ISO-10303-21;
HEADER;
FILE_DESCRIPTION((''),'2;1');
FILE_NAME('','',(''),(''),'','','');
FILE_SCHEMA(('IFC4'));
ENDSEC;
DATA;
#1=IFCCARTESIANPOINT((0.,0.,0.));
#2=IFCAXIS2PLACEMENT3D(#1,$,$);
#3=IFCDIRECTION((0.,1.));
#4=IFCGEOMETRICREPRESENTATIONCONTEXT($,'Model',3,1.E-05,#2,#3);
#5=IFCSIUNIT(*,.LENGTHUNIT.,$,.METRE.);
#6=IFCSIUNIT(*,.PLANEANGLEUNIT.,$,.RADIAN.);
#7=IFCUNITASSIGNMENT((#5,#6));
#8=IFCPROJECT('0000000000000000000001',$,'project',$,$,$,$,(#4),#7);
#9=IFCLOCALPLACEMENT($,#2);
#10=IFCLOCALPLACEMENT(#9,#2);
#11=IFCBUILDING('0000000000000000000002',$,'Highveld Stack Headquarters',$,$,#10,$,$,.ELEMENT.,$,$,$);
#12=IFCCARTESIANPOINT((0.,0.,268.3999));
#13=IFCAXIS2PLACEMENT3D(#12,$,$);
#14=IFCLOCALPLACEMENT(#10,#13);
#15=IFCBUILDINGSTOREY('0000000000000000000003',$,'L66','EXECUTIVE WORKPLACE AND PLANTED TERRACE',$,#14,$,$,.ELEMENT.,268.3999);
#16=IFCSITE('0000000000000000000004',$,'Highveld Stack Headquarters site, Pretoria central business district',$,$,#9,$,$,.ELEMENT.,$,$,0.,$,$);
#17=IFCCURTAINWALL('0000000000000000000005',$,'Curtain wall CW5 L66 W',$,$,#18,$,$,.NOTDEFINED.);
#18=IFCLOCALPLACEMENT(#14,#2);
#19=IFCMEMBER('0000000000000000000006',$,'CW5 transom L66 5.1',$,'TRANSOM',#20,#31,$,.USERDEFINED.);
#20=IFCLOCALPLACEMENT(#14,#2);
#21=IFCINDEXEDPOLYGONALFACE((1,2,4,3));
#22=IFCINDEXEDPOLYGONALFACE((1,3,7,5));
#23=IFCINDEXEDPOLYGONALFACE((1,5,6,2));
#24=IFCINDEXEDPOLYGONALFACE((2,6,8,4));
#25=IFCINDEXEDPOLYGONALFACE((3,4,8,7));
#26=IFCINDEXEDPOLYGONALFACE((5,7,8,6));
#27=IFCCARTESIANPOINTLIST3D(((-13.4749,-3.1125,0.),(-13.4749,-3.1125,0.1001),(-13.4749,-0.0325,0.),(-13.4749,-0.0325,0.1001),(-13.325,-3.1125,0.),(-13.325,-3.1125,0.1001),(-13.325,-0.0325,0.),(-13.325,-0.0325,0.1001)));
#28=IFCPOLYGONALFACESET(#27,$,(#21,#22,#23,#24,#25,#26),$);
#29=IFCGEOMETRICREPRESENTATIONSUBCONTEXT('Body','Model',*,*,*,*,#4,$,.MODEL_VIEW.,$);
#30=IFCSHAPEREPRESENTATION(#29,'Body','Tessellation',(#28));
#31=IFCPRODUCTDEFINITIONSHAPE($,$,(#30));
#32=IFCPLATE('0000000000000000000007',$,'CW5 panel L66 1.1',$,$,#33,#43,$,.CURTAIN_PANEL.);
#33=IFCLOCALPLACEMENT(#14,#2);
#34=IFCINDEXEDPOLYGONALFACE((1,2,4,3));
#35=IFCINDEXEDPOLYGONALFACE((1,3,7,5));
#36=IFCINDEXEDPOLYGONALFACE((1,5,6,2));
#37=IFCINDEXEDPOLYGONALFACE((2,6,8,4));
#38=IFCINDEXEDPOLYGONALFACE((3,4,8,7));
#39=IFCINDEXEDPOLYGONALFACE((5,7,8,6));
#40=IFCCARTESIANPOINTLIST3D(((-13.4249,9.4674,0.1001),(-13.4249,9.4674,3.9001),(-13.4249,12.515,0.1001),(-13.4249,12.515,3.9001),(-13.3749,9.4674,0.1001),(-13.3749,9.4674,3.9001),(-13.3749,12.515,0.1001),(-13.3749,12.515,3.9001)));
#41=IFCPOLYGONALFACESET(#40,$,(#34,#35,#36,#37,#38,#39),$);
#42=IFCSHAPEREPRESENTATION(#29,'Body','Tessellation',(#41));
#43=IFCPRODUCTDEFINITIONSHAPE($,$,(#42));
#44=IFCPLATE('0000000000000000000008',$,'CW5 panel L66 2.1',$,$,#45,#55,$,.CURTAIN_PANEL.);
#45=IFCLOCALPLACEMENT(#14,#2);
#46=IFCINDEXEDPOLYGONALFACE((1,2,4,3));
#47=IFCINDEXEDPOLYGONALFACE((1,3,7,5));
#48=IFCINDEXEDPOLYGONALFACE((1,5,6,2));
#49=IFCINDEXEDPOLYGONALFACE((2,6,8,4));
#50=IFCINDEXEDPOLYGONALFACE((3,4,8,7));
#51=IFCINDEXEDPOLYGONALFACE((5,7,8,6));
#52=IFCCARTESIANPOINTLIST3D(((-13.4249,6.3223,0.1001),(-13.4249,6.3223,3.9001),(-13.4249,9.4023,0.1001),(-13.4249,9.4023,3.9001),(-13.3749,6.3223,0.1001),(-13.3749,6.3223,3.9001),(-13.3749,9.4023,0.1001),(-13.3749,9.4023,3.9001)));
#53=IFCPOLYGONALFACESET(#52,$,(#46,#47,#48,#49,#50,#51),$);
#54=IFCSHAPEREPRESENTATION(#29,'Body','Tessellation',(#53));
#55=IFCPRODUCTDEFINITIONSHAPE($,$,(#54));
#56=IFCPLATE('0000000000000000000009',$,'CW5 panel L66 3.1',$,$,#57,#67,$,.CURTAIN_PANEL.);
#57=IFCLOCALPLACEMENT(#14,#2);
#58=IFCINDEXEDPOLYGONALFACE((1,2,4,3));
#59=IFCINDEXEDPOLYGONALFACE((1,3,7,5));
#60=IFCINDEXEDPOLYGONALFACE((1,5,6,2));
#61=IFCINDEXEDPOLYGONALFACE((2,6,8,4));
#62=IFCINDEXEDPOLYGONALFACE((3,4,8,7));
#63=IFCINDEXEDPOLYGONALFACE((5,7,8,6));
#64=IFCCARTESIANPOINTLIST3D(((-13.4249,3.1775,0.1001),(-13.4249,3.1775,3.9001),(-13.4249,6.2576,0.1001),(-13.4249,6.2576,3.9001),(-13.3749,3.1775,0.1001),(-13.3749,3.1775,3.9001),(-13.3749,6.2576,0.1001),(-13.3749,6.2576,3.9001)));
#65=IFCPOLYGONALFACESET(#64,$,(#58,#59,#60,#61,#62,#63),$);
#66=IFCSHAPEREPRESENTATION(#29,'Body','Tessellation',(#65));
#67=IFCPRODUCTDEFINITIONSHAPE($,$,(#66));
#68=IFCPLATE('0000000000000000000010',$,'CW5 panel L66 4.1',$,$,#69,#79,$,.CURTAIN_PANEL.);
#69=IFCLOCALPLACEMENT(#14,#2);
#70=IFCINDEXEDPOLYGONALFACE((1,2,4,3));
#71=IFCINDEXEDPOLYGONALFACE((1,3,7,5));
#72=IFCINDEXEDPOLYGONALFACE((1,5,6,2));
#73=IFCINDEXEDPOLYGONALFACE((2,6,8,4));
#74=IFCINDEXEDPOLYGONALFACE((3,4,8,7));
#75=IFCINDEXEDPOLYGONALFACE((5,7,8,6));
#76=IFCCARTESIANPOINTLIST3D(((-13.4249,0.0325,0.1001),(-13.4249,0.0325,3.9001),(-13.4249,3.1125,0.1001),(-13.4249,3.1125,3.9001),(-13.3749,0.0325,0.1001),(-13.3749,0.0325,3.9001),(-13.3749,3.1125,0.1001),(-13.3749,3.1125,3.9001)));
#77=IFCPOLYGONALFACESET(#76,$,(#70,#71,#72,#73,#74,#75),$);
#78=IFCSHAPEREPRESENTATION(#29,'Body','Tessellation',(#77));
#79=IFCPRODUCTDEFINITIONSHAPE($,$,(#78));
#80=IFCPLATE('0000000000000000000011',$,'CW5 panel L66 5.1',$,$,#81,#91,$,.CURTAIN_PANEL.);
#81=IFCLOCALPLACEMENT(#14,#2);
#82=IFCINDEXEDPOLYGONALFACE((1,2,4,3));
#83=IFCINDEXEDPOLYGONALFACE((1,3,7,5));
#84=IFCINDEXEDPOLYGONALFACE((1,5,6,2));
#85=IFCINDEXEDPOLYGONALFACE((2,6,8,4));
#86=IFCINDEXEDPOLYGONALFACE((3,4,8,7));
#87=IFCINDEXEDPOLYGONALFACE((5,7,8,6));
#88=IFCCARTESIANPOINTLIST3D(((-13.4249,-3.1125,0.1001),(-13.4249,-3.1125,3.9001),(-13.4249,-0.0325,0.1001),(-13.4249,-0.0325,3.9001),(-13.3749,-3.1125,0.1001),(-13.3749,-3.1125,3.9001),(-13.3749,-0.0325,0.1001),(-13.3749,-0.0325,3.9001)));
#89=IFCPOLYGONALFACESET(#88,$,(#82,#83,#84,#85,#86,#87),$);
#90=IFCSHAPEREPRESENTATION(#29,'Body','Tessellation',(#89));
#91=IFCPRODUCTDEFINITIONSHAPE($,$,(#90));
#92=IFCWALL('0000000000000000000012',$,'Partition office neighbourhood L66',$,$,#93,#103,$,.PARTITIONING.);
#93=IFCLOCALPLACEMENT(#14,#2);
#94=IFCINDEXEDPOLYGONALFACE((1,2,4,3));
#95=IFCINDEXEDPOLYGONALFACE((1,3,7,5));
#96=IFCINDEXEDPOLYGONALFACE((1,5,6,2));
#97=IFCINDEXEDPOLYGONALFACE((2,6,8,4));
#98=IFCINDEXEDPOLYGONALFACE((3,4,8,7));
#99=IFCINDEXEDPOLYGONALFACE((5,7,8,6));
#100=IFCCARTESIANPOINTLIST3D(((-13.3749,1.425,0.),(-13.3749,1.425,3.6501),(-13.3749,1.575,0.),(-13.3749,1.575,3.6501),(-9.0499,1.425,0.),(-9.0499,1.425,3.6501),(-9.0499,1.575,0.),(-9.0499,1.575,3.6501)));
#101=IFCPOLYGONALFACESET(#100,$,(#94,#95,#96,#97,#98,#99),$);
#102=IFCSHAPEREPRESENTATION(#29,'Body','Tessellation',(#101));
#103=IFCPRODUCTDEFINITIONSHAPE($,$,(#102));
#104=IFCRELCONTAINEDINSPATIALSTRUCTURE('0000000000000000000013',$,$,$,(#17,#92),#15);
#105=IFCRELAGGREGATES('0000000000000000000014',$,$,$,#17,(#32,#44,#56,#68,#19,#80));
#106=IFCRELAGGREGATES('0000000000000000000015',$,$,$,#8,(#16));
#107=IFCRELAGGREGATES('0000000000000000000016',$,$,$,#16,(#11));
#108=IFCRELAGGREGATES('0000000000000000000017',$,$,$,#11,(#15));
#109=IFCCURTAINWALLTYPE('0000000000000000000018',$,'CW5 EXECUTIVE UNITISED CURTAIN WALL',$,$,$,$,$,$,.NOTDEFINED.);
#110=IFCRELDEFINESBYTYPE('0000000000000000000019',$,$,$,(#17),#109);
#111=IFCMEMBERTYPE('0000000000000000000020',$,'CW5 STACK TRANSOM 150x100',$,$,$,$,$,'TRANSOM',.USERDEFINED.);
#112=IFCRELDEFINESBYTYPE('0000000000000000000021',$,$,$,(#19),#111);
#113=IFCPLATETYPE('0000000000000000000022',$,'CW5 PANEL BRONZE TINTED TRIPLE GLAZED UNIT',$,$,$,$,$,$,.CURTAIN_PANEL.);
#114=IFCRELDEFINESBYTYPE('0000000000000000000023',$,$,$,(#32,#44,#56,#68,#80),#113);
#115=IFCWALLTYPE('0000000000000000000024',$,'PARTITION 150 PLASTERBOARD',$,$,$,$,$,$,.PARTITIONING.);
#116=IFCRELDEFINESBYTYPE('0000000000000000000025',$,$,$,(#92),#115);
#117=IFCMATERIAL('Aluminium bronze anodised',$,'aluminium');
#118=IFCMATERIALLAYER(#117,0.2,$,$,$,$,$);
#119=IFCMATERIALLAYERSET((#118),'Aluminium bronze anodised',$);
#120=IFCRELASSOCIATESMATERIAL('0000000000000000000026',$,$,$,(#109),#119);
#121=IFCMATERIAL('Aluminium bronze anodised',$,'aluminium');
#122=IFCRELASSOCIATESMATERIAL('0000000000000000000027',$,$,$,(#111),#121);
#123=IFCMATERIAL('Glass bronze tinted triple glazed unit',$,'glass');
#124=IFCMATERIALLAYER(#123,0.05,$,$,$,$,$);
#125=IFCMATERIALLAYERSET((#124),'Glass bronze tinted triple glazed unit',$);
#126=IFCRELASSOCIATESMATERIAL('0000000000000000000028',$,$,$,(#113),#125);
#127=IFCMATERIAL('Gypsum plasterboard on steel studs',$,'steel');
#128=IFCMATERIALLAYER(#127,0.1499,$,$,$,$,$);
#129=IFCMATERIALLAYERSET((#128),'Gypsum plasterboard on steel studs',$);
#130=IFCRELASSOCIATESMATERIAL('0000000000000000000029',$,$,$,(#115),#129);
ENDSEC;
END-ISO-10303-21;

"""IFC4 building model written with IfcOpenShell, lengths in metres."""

from ifc_helpers import new_model, si_unit, direction, frame, frame_2d, origin, origin_2d, place, context, subcontext, project, spatial, rectangle, extrude, material, layer, layer_set, material_profile, profile_set, type_object, element, aggregate, save


model = new_model("IFC4")

# Units and contexts
model_context = context("Model", 3, precision=1e-05, world=origin(), true_north=direction((0.0, 1.0)))
body_context = subcontext(model_context, "Body", "Model", "MODEL_VIEW")
ifc_project = project(units=[si_unit("LENGTHUNIT", "METRE"), si_unit("PLANEANGLEUNIT", "RADIAN")], contexts=[model_context])

# Site, building, storey
site_placement = place(None, origin())
site = spatial("IfcSite", under=ifc_project, at=site_placement, Name="Highveld Stack Headquarters site, Pretoria central business district", CompositionType="ELEMENT", RefElevation=0.0)
building_placement = place(site_placement, origin())
building = spatial("IfcBuilding", under=site, at=building_placement, Name="Highveld Stack Headquarters", CompositionType="ELEMENT")
storey_placement = place(building_placement, frame((0.0, 0.0, 268.3999)))
storey = spatial("IfcBuildingStorey", under=building, at=storey_placement, Name="L66", Description="EXECUTIVE WORKPLACE AND PLANTED TERRACE", CompositionType="ELEMENT", Elevation=268.3999)

# Curtain wall, member, plates
ifc_material_1 = material(Name="Aluminium bronze anodised", Category="aluminium")
ifc_layer_1 = layer(ifc_material_1, 0.2)
ifc_layer_set_1 = layer_set([ifc_layer_1], Name="Aluminium bronze anodised")
curtain_wall_type = type_object("IfcCurtainWallType", Name="CW5 EXECUTIVE UNITISED CURTAIN WALL", PredefinedType="NOTDEFINED", material=ifc_layer_set_1)
curtain_wall_placement = place(storey_placement, origin())
curtain_wall = element("IfcCurtainWall", 1, at=curtain_wall_placement, inside=storey, type_object=curtain_wall_type, Name="Curtain wall CW5 L66 W", PredefinedType="NOTDEFINED")
ifc_material_2 = material(Name="Aluminium bronze anodised", Category="aluminium")
ifc_material_profile_1 = material_profile(ifc_material_2, rectangle(XDim=0.1499, YDim=0.1001, at=origin_2d()), Name="CW5 TRANSOM 150x100")
ifc_profile_set_1 = profile_set([ifc_material_profile_1], Name="Aluminium bronze anodised")
member_type_1 = type_object("IfcMemberType", Name="CW5 STACK TRANSOM 150x100", ElementType="TRANSOM", PredefinedType="USERDEFINED", material=ifc_profile_set_1)
member_1_placement = place(storey_placement, frame((-13.3999, -0.0325, 0.05), z_axis=(0.0, -1.0, 0.0), x_axis=(1.0, 0.0, 0.0)))
member_1 = element("IfcMember", 2, at=member_1_placement, type_object=member_type_1, Name="CW5 transom L66 5.1", ObjectType="TRANSOM", PredefinedType="USERDEFINED", context=body_context, shape_type="SweptSolid", body=[
    extrude(rectangle(XDim=0.1499, YDim=0.1001, at=origin_2d()), origin(), (0.0, 0.0, 1.0), 3.0801),
])
ifc_material_3 = material(Name="Glass bronze tinted triple glazed unit", Category="glass")
ifc_layer_2 = layer(ifc_material_3, 0.05)
ifc_layer_set_2 = layer_set([ifc_layer_2], Name="Glass bronze tinted triple glazed unit")
plate_type = type_object("IfcPlateType", Name="CW5 PANEL BRONZE TINTED TRIPLE GLAZED UNIT", PredefinedType="CURTAIN_PANEL", material=ifc_layer_set_2)
plate_1_placement = place(storey_placement, frame((-13.3999, 10.9912, 0.1001), z_axis=(0.0, 0.0, 1.0), x_axis=(0.0, -1.0, 0.0)))
plate_1 = element("IfcPlate", 3, at=plate_1_placement, type_object=plate_type, Name="CW5 panel L66 1.1", PredefinedType="CURTAIN_PANEL", context=body_context, shape_type="SweptSolid", body=[
    extrude(rectangle(XDim=3.0476, YDim=0.05, at=origin_2d()), origin(), (0.0, 0.0, 1.0), 3.8),
])
plate_2_placement = place(storey_placement, frame((-13.3999, 7.8623, 0.1001), z_axis=(0.0, 0.0, 1.0), x_axis=(0.0, -1.0, 0.0)))
plate_2 = element("IfcPlate", 4, at=plate_2_placement, type_object=plate_type, Name="CW5 panel L66 2.1", PredefinedType="CURTAIN_PANEL", context=body_context, shape_type="SweptSolid", body=[
    extrude(rectangle(XDim=3.0801, YDim=0.05, at=origin_2d()), origin(), (0.0, 0.0, 1.0), 3.8),
])
plate_3_placement = place(storey_placement, frame((-13.3999, 4.7175, 0.1001), z_axis=(0.0, 0.0, 1.0), x_axis=(0.0, -1.0, 0.0)))
plate_3 = element("IfcPlate", 5, at=plate_3_placement, type_object=plate_type, Name="CW5 panel L66 3.1", PredefinedType="CURTAIN_PANEL", context=body_context, shape_type="SweptSolid", body=[
    extrude(rectangle(XDim=3.0801, YDim=0.05, at=origin_2d()), origin(), (0.0, 0.0, 1.0), 3.8),
])
plate_4_placement = place(storey_placement, frame((-13.3999, 1.5725, 0.1001), z_axis=(0.0, 0.0, 1.0), x_axis=(0.0, -1.0, 0.0)))
plate_4 = element("IfcPlate", 6, at=plate_4_placement, type_object=plate_type, Name="CW5 panel L66 4.1", PredefinedType="CURTAIN_PANEL", context=body_context, shape_type="SweptSolid", body=[
    extrude(rectangle(XDim=3.0801, YDim=0.05, at=origin_2d()), origin(), (0.0, 0.0, 1.0), 3.8),
])
plate_5_placement = place(storey_placement, frame((-13.3999, -1.5725, 0.1001), z_axis=(0.0, 0.0, 1.0), x_axis=(0.0, -1.0, 0.0)))
plate_5 = element("IfcPlate", 7, at=plate_5_placement, type_object=plate_type, Name="CW5 panel L66 5.1", PredefinedType="CURTAIN_PANEL", context=body_context, shape_type="SweptSolid", body=[
    extrude(rectangle(XDim=3.0801, YDim=0.05, at=origin_2d()), origin(), (0.0, 0.0, 1.0), 3.8),
])
aggregate(curtain_wall, [plate_1, plate_2, plate_3, plate_4, member_1, plate_5])

# Wall
ifc_material_4 = material(Name="Gypsum plasterboard on steel studs", Category="steel")
ifc_layer_3 = layer(ifc_material_4, 0.1499)
ifc_layer_set_3 = layer_set([ifc_layer_3], Name="Gypsum plasterboard on steel studs")
wall_type = type_object("IfcWallType", Name="PARTITION 150 PLASTERBOARD", PredefinedType="PARTITIONING", material=ifc_layer_set_3)
wall_placement = place(storey_placement, frame((-13.375, 1.5, 0.0), z_axis=(0.0, 0.0, 1.0), x_axis=(1.0, 0.0, 0.0)))
element("IfcWall", 8, at=wall_placement, inside=storey, type_object=wall_type, Name="Partition office neighbourhood L66", PredefinedType="PARTITIONING", context=body_context, shape_type="SweptSolid", body=[
    extrude(rectangle(XDim=4.325, YDim=0.1499, at=frame_2d((2.1626, 0.0))), origin(), (0.0, 0.0, 1.0), 3.6501),
])

save(model, "model.ifc")
